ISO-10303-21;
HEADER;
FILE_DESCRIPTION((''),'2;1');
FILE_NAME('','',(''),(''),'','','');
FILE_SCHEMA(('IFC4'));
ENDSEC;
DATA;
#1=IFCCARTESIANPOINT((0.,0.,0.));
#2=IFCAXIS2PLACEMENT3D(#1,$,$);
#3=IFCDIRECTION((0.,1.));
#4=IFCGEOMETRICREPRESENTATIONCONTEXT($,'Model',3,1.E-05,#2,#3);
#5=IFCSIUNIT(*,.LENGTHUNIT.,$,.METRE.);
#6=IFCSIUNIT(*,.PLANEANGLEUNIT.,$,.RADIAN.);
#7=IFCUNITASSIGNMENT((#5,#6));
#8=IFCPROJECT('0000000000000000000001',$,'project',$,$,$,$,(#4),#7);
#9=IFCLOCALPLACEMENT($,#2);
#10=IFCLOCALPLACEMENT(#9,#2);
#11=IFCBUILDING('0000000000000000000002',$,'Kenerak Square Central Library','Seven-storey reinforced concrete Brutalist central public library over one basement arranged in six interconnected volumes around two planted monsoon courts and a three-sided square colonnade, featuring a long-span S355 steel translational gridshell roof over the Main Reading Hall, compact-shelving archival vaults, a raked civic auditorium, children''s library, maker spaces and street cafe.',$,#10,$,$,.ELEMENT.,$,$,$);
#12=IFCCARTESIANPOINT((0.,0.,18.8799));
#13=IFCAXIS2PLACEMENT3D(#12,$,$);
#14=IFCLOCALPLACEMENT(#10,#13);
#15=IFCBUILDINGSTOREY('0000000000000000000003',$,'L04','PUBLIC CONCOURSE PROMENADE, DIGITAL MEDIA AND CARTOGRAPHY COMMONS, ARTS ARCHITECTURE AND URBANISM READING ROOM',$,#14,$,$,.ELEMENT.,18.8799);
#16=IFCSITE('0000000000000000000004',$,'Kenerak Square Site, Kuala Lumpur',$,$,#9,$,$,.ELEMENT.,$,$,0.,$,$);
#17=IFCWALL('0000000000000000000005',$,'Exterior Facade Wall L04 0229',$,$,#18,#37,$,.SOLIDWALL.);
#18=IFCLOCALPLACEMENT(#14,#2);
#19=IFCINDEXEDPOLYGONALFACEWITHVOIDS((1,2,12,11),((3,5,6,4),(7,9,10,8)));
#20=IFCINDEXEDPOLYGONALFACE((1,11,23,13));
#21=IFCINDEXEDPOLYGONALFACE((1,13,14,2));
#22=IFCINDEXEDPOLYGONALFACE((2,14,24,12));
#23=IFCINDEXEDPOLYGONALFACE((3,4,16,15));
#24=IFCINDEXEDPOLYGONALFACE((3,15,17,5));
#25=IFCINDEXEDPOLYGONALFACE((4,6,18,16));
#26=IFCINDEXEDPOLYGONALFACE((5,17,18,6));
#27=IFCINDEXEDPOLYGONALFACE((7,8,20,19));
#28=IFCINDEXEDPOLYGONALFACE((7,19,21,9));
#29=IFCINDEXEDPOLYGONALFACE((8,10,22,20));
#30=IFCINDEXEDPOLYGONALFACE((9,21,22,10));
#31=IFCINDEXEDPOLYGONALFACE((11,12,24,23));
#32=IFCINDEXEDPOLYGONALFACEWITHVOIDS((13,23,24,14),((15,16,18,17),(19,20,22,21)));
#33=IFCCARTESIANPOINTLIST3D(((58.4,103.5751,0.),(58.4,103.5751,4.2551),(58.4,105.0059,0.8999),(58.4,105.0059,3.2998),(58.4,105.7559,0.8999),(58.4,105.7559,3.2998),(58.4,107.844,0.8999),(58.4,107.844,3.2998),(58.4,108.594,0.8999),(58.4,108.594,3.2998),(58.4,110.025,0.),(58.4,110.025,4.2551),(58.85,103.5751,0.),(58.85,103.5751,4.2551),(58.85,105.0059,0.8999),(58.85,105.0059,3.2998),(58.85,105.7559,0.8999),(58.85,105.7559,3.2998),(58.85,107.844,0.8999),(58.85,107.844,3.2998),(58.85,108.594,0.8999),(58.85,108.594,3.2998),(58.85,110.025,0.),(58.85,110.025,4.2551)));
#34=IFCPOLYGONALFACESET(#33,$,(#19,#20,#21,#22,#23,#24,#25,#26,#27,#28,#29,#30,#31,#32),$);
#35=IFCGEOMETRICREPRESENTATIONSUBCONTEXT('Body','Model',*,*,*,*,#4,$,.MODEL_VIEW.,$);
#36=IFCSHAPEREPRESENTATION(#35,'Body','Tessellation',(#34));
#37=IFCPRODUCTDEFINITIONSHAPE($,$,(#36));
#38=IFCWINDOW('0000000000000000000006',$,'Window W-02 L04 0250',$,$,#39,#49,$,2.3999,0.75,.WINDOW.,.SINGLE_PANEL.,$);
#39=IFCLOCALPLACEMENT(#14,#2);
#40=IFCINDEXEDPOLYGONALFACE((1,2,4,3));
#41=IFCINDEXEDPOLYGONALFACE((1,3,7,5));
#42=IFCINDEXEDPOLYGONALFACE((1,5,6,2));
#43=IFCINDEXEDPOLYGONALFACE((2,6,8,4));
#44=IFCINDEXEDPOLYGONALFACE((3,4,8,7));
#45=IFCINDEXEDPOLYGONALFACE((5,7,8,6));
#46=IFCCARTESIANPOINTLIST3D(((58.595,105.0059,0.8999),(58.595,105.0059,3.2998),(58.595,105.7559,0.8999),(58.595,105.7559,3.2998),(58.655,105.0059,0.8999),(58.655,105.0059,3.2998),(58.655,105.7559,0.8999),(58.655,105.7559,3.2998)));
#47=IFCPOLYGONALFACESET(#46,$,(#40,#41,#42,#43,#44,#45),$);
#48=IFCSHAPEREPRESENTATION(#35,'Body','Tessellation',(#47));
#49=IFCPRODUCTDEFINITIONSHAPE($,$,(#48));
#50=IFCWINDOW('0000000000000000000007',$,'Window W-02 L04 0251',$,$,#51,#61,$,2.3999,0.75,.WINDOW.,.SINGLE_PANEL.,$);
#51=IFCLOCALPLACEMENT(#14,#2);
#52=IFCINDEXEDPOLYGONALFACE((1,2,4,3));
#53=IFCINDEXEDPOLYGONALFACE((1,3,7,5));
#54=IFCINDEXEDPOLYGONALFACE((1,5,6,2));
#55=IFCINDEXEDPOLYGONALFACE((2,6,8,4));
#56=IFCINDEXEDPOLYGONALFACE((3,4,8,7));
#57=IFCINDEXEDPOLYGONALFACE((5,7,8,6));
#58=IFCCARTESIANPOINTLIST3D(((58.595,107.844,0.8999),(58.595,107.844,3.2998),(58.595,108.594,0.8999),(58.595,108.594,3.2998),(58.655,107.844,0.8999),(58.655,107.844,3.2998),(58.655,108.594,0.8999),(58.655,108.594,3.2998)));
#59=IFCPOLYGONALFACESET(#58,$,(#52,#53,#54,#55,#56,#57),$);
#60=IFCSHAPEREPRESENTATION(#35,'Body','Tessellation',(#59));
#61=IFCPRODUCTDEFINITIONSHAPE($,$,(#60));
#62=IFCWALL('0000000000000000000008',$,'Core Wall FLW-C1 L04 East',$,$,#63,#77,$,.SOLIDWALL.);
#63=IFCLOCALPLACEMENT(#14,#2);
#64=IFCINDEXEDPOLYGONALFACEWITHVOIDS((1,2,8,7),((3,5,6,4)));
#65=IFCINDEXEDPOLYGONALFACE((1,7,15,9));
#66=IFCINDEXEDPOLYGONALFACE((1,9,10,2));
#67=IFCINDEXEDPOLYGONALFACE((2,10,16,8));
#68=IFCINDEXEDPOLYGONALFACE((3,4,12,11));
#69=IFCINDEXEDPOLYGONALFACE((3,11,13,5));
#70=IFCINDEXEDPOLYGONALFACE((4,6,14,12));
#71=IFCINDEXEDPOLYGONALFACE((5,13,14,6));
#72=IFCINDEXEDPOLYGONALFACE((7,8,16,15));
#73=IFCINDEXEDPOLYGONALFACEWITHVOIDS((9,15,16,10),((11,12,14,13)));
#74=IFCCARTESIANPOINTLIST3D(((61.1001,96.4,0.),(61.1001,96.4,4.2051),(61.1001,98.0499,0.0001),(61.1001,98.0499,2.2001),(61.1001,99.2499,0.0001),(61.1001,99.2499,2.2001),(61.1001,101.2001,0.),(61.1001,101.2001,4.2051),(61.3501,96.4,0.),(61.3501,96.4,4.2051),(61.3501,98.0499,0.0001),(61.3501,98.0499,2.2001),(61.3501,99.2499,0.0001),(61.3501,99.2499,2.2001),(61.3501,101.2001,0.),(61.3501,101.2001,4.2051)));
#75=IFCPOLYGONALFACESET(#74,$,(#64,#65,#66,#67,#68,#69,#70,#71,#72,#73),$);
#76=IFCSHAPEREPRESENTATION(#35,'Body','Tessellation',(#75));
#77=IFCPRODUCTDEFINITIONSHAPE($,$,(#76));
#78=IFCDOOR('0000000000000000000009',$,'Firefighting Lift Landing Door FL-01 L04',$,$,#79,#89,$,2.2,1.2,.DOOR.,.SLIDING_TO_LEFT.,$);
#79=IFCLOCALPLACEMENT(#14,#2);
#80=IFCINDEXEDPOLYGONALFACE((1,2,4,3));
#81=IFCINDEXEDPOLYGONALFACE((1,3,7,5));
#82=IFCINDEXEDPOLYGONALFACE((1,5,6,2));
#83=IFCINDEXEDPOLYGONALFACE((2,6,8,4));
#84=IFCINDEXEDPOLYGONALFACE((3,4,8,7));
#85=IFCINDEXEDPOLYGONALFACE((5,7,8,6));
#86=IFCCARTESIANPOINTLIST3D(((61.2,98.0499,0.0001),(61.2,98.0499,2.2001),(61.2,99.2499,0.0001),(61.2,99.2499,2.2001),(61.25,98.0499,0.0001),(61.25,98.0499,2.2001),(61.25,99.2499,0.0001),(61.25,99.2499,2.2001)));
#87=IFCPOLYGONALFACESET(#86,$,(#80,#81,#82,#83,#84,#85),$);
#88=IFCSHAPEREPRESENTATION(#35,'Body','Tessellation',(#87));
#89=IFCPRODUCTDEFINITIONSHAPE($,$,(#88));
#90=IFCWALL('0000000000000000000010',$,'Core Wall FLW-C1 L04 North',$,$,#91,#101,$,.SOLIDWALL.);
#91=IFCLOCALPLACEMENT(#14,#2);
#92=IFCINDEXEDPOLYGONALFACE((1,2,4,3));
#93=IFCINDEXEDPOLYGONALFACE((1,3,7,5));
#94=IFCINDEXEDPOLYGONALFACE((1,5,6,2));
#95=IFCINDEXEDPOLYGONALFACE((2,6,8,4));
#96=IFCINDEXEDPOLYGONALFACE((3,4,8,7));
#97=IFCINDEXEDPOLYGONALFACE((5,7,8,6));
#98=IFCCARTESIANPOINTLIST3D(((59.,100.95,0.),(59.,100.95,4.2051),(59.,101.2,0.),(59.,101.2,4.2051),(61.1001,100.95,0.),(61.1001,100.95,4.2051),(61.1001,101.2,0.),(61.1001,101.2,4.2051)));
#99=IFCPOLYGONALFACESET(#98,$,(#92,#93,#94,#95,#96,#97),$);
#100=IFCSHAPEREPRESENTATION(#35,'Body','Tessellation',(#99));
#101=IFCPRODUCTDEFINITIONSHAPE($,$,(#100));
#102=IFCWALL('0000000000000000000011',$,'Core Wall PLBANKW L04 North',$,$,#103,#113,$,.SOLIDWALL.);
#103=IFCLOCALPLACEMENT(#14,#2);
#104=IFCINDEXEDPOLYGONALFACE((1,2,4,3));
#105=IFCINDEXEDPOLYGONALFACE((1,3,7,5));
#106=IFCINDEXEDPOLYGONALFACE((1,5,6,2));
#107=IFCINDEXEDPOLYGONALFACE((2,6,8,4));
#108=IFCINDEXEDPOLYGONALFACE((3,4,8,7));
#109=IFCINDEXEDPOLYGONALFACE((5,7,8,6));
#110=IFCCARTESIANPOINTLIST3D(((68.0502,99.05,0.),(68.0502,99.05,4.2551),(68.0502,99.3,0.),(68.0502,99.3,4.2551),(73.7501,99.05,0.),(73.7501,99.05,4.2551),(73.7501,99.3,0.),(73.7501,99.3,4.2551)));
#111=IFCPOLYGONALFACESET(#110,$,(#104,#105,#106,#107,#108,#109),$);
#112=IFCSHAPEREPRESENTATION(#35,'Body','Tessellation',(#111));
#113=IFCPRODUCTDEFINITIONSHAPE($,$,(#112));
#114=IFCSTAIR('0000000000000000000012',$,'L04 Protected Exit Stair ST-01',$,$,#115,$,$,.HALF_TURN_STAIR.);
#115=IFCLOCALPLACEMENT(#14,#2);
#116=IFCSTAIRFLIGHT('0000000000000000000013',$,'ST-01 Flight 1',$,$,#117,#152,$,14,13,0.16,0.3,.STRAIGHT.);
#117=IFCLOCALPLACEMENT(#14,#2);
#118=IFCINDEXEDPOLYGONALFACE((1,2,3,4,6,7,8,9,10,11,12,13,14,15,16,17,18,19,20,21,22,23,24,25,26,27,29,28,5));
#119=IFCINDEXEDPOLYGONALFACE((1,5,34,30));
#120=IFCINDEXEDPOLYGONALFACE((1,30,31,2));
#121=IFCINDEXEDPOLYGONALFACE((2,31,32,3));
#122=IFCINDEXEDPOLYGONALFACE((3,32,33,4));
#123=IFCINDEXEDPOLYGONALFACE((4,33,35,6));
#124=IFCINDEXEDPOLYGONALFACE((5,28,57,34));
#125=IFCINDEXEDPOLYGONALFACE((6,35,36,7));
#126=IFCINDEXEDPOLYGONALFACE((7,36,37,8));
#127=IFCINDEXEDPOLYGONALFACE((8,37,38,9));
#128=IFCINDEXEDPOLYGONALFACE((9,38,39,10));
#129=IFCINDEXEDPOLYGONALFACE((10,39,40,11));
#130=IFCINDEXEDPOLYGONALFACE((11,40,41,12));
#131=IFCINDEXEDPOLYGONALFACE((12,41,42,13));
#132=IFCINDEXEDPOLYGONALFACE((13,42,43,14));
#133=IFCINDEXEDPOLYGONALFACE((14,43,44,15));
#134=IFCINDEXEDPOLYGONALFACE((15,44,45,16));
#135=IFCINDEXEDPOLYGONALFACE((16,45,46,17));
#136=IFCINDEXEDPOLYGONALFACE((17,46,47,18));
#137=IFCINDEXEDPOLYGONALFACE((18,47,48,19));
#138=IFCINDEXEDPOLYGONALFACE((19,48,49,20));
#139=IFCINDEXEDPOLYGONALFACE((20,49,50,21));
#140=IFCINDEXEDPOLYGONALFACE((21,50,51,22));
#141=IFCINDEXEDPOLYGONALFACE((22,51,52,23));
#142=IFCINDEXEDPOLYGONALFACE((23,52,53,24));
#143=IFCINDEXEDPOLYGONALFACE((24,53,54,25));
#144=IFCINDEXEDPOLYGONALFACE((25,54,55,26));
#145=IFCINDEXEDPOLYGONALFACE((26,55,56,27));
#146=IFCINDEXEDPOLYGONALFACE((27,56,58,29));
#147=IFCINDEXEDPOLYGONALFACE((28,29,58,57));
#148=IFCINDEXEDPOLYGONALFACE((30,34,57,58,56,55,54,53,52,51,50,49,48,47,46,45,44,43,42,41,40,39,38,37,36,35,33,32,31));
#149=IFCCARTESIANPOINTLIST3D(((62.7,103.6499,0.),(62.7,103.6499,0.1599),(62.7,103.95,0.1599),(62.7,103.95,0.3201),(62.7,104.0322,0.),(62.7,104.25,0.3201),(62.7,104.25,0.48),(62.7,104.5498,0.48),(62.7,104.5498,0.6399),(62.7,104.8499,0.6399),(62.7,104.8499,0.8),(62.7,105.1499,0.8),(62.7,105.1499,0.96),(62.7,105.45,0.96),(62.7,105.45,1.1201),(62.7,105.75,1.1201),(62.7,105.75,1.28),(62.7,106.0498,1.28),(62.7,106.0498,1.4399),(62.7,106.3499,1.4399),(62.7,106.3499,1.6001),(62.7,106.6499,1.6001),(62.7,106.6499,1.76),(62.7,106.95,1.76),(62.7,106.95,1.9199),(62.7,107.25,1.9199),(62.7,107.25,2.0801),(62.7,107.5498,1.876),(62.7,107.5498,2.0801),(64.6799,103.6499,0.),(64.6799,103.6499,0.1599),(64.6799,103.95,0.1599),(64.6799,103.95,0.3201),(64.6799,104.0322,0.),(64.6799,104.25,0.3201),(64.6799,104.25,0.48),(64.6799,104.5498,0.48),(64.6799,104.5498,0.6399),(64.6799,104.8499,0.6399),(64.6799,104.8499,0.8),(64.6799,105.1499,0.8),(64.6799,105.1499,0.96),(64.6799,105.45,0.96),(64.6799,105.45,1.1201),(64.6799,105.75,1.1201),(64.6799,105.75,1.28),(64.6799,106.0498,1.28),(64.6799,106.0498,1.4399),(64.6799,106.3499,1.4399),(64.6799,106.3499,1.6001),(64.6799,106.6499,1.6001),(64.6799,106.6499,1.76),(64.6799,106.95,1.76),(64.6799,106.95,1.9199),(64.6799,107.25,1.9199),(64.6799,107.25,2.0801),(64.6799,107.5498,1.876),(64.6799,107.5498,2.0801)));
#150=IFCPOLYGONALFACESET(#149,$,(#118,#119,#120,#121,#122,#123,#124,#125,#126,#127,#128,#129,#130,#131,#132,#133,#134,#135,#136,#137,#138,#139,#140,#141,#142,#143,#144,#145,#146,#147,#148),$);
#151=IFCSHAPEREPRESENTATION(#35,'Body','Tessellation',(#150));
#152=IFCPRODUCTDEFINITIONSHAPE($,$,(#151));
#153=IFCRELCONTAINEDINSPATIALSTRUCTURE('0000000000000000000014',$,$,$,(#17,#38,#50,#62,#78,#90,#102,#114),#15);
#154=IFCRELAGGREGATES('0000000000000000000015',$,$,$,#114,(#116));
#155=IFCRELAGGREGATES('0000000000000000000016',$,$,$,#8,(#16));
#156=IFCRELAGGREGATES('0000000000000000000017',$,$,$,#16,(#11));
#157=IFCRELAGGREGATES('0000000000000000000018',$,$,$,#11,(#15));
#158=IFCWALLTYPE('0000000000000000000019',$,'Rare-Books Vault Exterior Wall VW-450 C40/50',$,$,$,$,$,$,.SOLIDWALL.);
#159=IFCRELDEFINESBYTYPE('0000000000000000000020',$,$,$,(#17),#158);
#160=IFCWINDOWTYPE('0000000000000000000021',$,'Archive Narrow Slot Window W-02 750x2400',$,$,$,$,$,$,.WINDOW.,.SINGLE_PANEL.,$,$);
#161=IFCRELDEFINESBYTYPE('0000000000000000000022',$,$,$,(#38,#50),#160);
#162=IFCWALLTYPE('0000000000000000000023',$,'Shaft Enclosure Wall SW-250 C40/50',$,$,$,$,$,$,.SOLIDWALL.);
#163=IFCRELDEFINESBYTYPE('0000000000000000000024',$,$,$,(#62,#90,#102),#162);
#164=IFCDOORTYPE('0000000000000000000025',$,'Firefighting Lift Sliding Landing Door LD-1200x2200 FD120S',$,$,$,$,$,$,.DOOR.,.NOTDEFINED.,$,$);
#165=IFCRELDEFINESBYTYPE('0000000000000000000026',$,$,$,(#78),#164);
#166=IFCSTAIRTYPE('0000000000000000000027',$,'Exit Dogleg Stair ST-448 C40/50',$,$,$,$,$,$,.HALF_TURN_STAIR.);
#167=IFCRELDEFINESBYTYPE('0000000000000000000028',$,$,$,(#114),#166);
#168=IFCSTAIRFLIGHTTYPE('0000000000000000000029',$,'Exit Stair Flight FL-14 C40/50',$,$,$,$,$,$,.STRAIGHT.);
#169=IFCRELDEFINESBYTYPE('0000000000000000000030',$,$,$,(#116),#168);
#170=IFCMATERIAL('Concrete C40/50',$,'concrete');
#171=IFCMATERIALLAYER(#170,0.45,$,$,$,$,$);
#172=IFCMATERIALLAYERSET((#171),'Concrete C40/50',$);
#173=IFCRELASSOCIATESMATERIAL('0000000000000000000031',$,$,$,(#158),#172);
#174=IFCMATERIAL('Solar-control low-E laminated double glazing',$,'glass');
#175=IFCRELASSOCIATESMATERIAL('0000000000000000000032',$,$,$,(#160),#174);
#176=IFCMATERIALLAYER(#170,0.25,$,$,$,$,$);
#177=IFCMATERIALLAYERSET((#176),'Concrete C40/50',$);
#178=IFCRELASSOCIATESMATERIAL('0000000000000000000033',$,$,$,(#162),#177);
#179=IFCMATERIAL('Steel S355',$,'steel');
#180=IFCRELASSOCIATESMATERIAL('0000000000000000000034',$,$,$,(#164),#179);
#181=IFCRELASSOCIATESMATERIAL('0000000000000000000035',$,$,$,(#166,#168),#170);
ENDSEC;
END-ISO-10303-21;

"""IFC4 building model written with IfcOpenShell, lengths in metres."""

from ifc_helpers import new_model, si_unit, direction, frame, frame_2d, origin, place, context, subcontext, project, spatial, polyline, rectangle, outline, extrude, material, layer, layer_set, type_object, element, fill, aggregate, save


model = new_model("IFC4")

# Units and contexts
model_context = context("Model", 3, precision=1e-05, world=origin(), true_north=direction((0.0, 1.0)))
body_context = subcontext(model_context, "Body", "Model", "MODEL_VIEW")
ifc_project = project(units=[si_unit("LENGTHUNIT", "METRE"), si_unit("PLANEANGLEUNIT", "RADIAN")], contexts=[model_context])

# Site, building, storey
site_placement = place(None, origin())
site = spatial("IfcSite", under=ifc_project, at=site_placement, Name="Kenerak Square Site, Kuala Lumpur", CompositionType="ELEMENT", RefElevation=0.0)
building_placement = place(site_placement, origin())
building = spatial("IfcBuilding", under=site, at=building_placement, Name="Kenerak Square Central Library", Description="Seven-storey reinforced concrete Brutalist central public library over one basement arranged in six interconnected volumes around two planted monsoon courts and a three-sided square colonnade, featuring a long-span S355 steel translational gridshell roof over the Main Reading Hall, compact-shelving archival vaults, a raked civic auditorium, children's library, maker spaces and street cafe.", CompositionType="ELEMENT")
storey_placement = place(building_placement, frame((0.0, 0.0, 18.8799)))
storey = spatial("IfcBuildingStorey", under=building, at=storey_placement, Name="L04", Description="PUBLIC CONCOURSE PROMENADE, DIGITAL MEDIA AND CARTOGRAPHY COMMONS, ARTS ARCHITECTURE AND URBANISM READING ROOM", CompositionType="ELEMENT", Elevation=18.8799)

# Shared definitions
ifc_material_1 = material(Name="Concrete C40/50", Category="concrete")

# Shared definitions
ifc_material_2 = material(Name="Steel S355", Category="steel")

# Wall, openings, windows
ifc_layer_1 = layer(ifc_material_1, 0.45)
ifc_layer_set_1 = layer_set([ifc_layer_1], Name="Concrete C40/50")
wall_type_1 = type_object("IfcWallType", Name="Rare-Books Vault Exterior Wall VW-450 C40/50", PredefinedType="SOLIDWALL", material=ifc_layer_set_1)
wall_1_placement = place(storey_placement, frame((58.625, 103.575, 0.0), z_axis=(0.0, 0.0, 1.0), x_axis=(0.0, 1.0, 0.0)))
wall_1 = element("IfcWall", 1, at=wall_1_placement, inside=storey, type_object=wall_type_1, Name="Exterior Facade Wall L04 0229", PredefinedType="SOLIDWALL", context=body_context, shape_type="SweptSolid", body=[
    extrude(rectangle(XDim=6.45, YDim=0.45, at=frame_2d((3.2251, 0.0))), origin(), (0.0, 0.0, 1.0), 4.2551),
])
opening_1_placement = place(wall_1_placement, frame((1.4309, 0.0, 0.8999)))
opening_1 = element("IfcOpeningElement", 2, at=opening_1_placement, cuts=wall_1, PredefinedType="OPENING", context=body_context, shape_type="SweptSolid", body=[
    extrude(rectangle(XDim=0.75, YDim=2.3999, at=frame_2d((0.375, 1.2))), frame((0.0, 0.2349, 0.0), z_axis=(0.0, -1.0, 0.0), x_axis=(1.0, 0.0, 0.0)), (0.0, 0.0, 1.0), 0.47),
])
opening_2_placement = place(wall_1_placement, frame((4.269, 0.0, 0.8999)))
opening_2 = element("IfcOpeningElement", 3, at=opening_2_placement, cuts=wall_1, PredefinedType="OPENING", context=body_context, shape_type="SweptSolid", body=[
    extrude(rectangle(XDim=0.75, YDim=2.3999, at=frame_2d((0.375, 1.2))), frame((0.0, 0.2349, 0.0), z_axis=(0.0, -1.0, 0.0), x_axis=(1.0, 0.0, 0.0)), (0.0, 0.0, 1.0), 0.47),
])
ifc_material_3 = material(Name="Solar-control low-E laminated double glazing", Category="glass")
window_type = type_object("IfcWindowType", Name="Archive Narrow Slot Window W-02 750x2400", PartitioningType="SINGLE_PANEL", PredefinedType="WINDOW", material=ifc_material_3)
window_1_placement = place(opening_1_placement, origin())
window_1 = element("IfcWindow", 4, at=window_1_placement, inside=storey, type_object=window_type, Name="Window W-02 L04 0250", OverallHeight=2.3999, OverallWidth=0.75, PartitioningType="SINGLE_PANEL", PredefinedType="WINDOW", context=body_context, shape_type="SweptSolid", body=[
    extrude(rectangle(XDim=0.75, YDim=2.3999, at=frame_2d((0.375, 1.2))), frame((0.0, 0.03, 0.0), z_axis=(0.0, -1.0, 0.0), x_axis=(1.0, 0.0, 0.0)), (0.0, 0.0, 1.0), 0.0601),
])
fill(opening_1, window_1)
window_2_placement = place(opening_2_placement, origin())
window_2 = element("IfcWindow", 5, at=window_2_placement, inside=storey, type_object=window_type, Name="Window W-02 L04 0251", OverallHeight=2.3999, OverallWidth=0.75, PartitioningType="SINGLE_PANEL", PredefinedType="WINDOW", context=body_context, shape_type="SweptSolid", body=[
    extrude(rectangle(XDim=0.75, YDim=2.3999, at=frame_2d((0.375, 1.2))), frame((0.0, 0.03, 0.0), z_axis=(0.0, -1.0, 0.0), x_axis=(1.0, 0.0, 0.0)), (0.0, 0.0, 1.0), 0.0601),
])
fill(opening_2, window_2)

# Wall, opening, door
ifc_layer_2 = layer(ifc_material_1, 0.25)
ifc_layer_set_2 = layer_set([ifc_layer_2], Name="Concrete C40/50")
wall_type_2 = type_object("IfcWallType", Name="Shaft Enclosure Wall SW-250 C40/50", PredefinedType="SOLIDWALL", material=ifc_layer_set_2)
wall_2_placement = place(storey_placement, frame((61.2251, 101.2, 0.0), z_axis=(0.0, 0.0, 1.0), x_axis=(0.0, -1.0, 0.0)))
wall_2 = element("IfcWall", 6, at=wall_2_placement, inside=storey, type_object=wall_type_2, Name="Core Wall FLW-C1 L04 East", PredefinedType="SOLIDWALL", context=body_context, shape_type="SweptSolid", body=[
    extrude(rectangle(XDim=4.8, YDim=0.25, at=frame_2d((2.3999, 0.0))), origin(), (0.0, 0.0, 1.0), 4.2051),
])
opening_3_placement = place(wall_2_placement, frame((1.95, 0.0, 0.0)))
opening_3 = element("IfcOpeningElement", 7, at=opening_3_placement, cuts=wall_2, PredefinedType="OPENING", context=body_context, shape_type="SweptSolid", body=[
    extrude(rectangle(XDim=1.2, YDim=2.2, at=frame_2d((0.6001, 1.1001))), frame((0.0, 0.135, 0.0), z_axis=(0.0, -1.0, 0.0), x_axis=(1.0, 0.0, 0.0)), (0.0, 0.0, 1.0), 0.27),
])
door_type_1 = type_object("IfcDoorType", Name="Firefighting Lift Sliding Landing Door LD-1200x2200 FD120S", OperationType="NOTDEFINED", PredefinedType="DOOR", material=ifc_material_2)
door_1_placement = place(opening_3_placement, origin())
door_1 = element("IfcDoor", 8, at=door_1_placement, inside=storey, type_object=door_type_1, Name="Firefighting Lift Landing Door FL-01 L04", OperationType="SLIDING_TO_LEFT", OverallHeight=2.2, OverallWidth=1.2, PredefinedType="DOOR", context=body_context, shape_type="SweptSolid", body=[
    extrude(rectangle(XDim=1.2, YDim=2.2, at=frame_2d((0.6001, 1.1001))), frame((0.0, 0.0249, 0.0), z_axis=(0.0, -1.0, 0.0), x_axis=(1.0, 0.0, 0.0)), (0.0, 0.0, 1.0), 0.05),
])
fill(opening_3, door_1)

# Walls
wall_3_placement = place(storey_placement, frame((59.0, 101.075, 0.0), z_axis=(0.0, 0.0, 1.0), x_axis=(1.0, 0.0, 0.0)))
element("IfcWall", 9, at=wall_3_placement, inside=storey, type_object=wall_type_2, Name="Core Wall FLW-C1 L04 North", PredefinedType="SOLIDWALL", context=body_context, shape_type="SweptSolid", body=[
    extrude(rectangle(XDim=2.1001, YDim=0.25, at=frame_2d((1.05, 0.0))), origin(), (0.0, 0.0, 1.0), 4.2051),
])
wall_4_placement = place(storey_placement, frame((68.05, 99.175, 0.0), z_axis=(0.0, 0.0, 1.0), x_axis=(1.0, 0.0, 0.0)))
element("IfcWall", 10, at=wall_4_placement, inside=storey, type_object=wall_type_2, Name="Core Wall PLBANKW L04 North", PredefinedType="SOLIDWALL", context=body_context, shape_type="SweptSolid", body=[
    extrude(rectangle(XDim=5.7, YDim=0.25, at=frame_2d((2.8501, 0.0))), origin(), (0.0, 0.0, 1.0), 4.2551),
])

# Stair, stair flight
stair_type = type_object("IfcStairType", Name="Exit Dogleg Stair ST-448 C40/50", PredefinedType="HALF_TURN_STAIR", material=ifc_material_1)
stair_placement = place(storey_placement, origin())
stair = element("IfcStair", 11, at=stair_placement, inside=storey, type_object=stair_type, Name="L04 Protected Exit Stair ST-01", PredefinedType="HALF_TURN_STAIR")
stair_flight_type = type_object("IfcStairFlightType", Name="Exit Stair Flight FL-14 C40/50", PredefinedType="STRAIGHT", material=ifc_material_1)
stair_flight_placement = place(storey_placement, frame((63.6899, 103.6499, 0.0), z_axis=(0.0, 0.0, 1.0), x_axis=(0.0, 1.0, 0.0)))
stair_flight = element("IfcStairFlight", 12, at=stair_flight_placement, type_object=stair_flight_type, Name="ST-01 Flight 1", NumberOfRisers=14, NumberOfTreads=13, PredefinedType="STRAIGHT", RiserHeight=0.16, TreadLength=0.3, context=body_context, shape_type="SweptSolid", body=[
    extrude(outline(polyline([(0.0, 0.0), (0.0, 0.1599), (0.3, 0.1599), (0.3, 0.3201), (0.6001, 0.3201), (0.6001, 0.48), (0.8999, 0.48), (0.8999, 0.6399), (1.2, 0.6399), (1.2, 0.8), (1.5, 0.8), (1.5, 0.96), (1.8, 0.96), (1.8, 1.1201), (2.1001, 1.1201), (2.1001, 1.28), (2.3999, 1.28), (2.3999, 1.4399), (2.7, 1.4399), (2.7, 1.6001), (3.0, 1.6001), (3.0, 1.76), (3.3, 1.76), (3.3, 1.9199), (3.6001, 1.9199), (3.6001, 2.0801), (3.8999, 2.0801), (3.8999, 2.24), (3.8999, 1.876), (0.3823, 0.0), (0.0, 0.0)])), frame((0.0, 0.99, 0.0), z_axis=(0.0, -1.0, 0.0), x_axis=(1.0, 0.0, 0.0)), (0.0, 0.0, 1.0), 1.98),
])
aggregate(stair, [stair_flight])

save(model, "model.ifc")
